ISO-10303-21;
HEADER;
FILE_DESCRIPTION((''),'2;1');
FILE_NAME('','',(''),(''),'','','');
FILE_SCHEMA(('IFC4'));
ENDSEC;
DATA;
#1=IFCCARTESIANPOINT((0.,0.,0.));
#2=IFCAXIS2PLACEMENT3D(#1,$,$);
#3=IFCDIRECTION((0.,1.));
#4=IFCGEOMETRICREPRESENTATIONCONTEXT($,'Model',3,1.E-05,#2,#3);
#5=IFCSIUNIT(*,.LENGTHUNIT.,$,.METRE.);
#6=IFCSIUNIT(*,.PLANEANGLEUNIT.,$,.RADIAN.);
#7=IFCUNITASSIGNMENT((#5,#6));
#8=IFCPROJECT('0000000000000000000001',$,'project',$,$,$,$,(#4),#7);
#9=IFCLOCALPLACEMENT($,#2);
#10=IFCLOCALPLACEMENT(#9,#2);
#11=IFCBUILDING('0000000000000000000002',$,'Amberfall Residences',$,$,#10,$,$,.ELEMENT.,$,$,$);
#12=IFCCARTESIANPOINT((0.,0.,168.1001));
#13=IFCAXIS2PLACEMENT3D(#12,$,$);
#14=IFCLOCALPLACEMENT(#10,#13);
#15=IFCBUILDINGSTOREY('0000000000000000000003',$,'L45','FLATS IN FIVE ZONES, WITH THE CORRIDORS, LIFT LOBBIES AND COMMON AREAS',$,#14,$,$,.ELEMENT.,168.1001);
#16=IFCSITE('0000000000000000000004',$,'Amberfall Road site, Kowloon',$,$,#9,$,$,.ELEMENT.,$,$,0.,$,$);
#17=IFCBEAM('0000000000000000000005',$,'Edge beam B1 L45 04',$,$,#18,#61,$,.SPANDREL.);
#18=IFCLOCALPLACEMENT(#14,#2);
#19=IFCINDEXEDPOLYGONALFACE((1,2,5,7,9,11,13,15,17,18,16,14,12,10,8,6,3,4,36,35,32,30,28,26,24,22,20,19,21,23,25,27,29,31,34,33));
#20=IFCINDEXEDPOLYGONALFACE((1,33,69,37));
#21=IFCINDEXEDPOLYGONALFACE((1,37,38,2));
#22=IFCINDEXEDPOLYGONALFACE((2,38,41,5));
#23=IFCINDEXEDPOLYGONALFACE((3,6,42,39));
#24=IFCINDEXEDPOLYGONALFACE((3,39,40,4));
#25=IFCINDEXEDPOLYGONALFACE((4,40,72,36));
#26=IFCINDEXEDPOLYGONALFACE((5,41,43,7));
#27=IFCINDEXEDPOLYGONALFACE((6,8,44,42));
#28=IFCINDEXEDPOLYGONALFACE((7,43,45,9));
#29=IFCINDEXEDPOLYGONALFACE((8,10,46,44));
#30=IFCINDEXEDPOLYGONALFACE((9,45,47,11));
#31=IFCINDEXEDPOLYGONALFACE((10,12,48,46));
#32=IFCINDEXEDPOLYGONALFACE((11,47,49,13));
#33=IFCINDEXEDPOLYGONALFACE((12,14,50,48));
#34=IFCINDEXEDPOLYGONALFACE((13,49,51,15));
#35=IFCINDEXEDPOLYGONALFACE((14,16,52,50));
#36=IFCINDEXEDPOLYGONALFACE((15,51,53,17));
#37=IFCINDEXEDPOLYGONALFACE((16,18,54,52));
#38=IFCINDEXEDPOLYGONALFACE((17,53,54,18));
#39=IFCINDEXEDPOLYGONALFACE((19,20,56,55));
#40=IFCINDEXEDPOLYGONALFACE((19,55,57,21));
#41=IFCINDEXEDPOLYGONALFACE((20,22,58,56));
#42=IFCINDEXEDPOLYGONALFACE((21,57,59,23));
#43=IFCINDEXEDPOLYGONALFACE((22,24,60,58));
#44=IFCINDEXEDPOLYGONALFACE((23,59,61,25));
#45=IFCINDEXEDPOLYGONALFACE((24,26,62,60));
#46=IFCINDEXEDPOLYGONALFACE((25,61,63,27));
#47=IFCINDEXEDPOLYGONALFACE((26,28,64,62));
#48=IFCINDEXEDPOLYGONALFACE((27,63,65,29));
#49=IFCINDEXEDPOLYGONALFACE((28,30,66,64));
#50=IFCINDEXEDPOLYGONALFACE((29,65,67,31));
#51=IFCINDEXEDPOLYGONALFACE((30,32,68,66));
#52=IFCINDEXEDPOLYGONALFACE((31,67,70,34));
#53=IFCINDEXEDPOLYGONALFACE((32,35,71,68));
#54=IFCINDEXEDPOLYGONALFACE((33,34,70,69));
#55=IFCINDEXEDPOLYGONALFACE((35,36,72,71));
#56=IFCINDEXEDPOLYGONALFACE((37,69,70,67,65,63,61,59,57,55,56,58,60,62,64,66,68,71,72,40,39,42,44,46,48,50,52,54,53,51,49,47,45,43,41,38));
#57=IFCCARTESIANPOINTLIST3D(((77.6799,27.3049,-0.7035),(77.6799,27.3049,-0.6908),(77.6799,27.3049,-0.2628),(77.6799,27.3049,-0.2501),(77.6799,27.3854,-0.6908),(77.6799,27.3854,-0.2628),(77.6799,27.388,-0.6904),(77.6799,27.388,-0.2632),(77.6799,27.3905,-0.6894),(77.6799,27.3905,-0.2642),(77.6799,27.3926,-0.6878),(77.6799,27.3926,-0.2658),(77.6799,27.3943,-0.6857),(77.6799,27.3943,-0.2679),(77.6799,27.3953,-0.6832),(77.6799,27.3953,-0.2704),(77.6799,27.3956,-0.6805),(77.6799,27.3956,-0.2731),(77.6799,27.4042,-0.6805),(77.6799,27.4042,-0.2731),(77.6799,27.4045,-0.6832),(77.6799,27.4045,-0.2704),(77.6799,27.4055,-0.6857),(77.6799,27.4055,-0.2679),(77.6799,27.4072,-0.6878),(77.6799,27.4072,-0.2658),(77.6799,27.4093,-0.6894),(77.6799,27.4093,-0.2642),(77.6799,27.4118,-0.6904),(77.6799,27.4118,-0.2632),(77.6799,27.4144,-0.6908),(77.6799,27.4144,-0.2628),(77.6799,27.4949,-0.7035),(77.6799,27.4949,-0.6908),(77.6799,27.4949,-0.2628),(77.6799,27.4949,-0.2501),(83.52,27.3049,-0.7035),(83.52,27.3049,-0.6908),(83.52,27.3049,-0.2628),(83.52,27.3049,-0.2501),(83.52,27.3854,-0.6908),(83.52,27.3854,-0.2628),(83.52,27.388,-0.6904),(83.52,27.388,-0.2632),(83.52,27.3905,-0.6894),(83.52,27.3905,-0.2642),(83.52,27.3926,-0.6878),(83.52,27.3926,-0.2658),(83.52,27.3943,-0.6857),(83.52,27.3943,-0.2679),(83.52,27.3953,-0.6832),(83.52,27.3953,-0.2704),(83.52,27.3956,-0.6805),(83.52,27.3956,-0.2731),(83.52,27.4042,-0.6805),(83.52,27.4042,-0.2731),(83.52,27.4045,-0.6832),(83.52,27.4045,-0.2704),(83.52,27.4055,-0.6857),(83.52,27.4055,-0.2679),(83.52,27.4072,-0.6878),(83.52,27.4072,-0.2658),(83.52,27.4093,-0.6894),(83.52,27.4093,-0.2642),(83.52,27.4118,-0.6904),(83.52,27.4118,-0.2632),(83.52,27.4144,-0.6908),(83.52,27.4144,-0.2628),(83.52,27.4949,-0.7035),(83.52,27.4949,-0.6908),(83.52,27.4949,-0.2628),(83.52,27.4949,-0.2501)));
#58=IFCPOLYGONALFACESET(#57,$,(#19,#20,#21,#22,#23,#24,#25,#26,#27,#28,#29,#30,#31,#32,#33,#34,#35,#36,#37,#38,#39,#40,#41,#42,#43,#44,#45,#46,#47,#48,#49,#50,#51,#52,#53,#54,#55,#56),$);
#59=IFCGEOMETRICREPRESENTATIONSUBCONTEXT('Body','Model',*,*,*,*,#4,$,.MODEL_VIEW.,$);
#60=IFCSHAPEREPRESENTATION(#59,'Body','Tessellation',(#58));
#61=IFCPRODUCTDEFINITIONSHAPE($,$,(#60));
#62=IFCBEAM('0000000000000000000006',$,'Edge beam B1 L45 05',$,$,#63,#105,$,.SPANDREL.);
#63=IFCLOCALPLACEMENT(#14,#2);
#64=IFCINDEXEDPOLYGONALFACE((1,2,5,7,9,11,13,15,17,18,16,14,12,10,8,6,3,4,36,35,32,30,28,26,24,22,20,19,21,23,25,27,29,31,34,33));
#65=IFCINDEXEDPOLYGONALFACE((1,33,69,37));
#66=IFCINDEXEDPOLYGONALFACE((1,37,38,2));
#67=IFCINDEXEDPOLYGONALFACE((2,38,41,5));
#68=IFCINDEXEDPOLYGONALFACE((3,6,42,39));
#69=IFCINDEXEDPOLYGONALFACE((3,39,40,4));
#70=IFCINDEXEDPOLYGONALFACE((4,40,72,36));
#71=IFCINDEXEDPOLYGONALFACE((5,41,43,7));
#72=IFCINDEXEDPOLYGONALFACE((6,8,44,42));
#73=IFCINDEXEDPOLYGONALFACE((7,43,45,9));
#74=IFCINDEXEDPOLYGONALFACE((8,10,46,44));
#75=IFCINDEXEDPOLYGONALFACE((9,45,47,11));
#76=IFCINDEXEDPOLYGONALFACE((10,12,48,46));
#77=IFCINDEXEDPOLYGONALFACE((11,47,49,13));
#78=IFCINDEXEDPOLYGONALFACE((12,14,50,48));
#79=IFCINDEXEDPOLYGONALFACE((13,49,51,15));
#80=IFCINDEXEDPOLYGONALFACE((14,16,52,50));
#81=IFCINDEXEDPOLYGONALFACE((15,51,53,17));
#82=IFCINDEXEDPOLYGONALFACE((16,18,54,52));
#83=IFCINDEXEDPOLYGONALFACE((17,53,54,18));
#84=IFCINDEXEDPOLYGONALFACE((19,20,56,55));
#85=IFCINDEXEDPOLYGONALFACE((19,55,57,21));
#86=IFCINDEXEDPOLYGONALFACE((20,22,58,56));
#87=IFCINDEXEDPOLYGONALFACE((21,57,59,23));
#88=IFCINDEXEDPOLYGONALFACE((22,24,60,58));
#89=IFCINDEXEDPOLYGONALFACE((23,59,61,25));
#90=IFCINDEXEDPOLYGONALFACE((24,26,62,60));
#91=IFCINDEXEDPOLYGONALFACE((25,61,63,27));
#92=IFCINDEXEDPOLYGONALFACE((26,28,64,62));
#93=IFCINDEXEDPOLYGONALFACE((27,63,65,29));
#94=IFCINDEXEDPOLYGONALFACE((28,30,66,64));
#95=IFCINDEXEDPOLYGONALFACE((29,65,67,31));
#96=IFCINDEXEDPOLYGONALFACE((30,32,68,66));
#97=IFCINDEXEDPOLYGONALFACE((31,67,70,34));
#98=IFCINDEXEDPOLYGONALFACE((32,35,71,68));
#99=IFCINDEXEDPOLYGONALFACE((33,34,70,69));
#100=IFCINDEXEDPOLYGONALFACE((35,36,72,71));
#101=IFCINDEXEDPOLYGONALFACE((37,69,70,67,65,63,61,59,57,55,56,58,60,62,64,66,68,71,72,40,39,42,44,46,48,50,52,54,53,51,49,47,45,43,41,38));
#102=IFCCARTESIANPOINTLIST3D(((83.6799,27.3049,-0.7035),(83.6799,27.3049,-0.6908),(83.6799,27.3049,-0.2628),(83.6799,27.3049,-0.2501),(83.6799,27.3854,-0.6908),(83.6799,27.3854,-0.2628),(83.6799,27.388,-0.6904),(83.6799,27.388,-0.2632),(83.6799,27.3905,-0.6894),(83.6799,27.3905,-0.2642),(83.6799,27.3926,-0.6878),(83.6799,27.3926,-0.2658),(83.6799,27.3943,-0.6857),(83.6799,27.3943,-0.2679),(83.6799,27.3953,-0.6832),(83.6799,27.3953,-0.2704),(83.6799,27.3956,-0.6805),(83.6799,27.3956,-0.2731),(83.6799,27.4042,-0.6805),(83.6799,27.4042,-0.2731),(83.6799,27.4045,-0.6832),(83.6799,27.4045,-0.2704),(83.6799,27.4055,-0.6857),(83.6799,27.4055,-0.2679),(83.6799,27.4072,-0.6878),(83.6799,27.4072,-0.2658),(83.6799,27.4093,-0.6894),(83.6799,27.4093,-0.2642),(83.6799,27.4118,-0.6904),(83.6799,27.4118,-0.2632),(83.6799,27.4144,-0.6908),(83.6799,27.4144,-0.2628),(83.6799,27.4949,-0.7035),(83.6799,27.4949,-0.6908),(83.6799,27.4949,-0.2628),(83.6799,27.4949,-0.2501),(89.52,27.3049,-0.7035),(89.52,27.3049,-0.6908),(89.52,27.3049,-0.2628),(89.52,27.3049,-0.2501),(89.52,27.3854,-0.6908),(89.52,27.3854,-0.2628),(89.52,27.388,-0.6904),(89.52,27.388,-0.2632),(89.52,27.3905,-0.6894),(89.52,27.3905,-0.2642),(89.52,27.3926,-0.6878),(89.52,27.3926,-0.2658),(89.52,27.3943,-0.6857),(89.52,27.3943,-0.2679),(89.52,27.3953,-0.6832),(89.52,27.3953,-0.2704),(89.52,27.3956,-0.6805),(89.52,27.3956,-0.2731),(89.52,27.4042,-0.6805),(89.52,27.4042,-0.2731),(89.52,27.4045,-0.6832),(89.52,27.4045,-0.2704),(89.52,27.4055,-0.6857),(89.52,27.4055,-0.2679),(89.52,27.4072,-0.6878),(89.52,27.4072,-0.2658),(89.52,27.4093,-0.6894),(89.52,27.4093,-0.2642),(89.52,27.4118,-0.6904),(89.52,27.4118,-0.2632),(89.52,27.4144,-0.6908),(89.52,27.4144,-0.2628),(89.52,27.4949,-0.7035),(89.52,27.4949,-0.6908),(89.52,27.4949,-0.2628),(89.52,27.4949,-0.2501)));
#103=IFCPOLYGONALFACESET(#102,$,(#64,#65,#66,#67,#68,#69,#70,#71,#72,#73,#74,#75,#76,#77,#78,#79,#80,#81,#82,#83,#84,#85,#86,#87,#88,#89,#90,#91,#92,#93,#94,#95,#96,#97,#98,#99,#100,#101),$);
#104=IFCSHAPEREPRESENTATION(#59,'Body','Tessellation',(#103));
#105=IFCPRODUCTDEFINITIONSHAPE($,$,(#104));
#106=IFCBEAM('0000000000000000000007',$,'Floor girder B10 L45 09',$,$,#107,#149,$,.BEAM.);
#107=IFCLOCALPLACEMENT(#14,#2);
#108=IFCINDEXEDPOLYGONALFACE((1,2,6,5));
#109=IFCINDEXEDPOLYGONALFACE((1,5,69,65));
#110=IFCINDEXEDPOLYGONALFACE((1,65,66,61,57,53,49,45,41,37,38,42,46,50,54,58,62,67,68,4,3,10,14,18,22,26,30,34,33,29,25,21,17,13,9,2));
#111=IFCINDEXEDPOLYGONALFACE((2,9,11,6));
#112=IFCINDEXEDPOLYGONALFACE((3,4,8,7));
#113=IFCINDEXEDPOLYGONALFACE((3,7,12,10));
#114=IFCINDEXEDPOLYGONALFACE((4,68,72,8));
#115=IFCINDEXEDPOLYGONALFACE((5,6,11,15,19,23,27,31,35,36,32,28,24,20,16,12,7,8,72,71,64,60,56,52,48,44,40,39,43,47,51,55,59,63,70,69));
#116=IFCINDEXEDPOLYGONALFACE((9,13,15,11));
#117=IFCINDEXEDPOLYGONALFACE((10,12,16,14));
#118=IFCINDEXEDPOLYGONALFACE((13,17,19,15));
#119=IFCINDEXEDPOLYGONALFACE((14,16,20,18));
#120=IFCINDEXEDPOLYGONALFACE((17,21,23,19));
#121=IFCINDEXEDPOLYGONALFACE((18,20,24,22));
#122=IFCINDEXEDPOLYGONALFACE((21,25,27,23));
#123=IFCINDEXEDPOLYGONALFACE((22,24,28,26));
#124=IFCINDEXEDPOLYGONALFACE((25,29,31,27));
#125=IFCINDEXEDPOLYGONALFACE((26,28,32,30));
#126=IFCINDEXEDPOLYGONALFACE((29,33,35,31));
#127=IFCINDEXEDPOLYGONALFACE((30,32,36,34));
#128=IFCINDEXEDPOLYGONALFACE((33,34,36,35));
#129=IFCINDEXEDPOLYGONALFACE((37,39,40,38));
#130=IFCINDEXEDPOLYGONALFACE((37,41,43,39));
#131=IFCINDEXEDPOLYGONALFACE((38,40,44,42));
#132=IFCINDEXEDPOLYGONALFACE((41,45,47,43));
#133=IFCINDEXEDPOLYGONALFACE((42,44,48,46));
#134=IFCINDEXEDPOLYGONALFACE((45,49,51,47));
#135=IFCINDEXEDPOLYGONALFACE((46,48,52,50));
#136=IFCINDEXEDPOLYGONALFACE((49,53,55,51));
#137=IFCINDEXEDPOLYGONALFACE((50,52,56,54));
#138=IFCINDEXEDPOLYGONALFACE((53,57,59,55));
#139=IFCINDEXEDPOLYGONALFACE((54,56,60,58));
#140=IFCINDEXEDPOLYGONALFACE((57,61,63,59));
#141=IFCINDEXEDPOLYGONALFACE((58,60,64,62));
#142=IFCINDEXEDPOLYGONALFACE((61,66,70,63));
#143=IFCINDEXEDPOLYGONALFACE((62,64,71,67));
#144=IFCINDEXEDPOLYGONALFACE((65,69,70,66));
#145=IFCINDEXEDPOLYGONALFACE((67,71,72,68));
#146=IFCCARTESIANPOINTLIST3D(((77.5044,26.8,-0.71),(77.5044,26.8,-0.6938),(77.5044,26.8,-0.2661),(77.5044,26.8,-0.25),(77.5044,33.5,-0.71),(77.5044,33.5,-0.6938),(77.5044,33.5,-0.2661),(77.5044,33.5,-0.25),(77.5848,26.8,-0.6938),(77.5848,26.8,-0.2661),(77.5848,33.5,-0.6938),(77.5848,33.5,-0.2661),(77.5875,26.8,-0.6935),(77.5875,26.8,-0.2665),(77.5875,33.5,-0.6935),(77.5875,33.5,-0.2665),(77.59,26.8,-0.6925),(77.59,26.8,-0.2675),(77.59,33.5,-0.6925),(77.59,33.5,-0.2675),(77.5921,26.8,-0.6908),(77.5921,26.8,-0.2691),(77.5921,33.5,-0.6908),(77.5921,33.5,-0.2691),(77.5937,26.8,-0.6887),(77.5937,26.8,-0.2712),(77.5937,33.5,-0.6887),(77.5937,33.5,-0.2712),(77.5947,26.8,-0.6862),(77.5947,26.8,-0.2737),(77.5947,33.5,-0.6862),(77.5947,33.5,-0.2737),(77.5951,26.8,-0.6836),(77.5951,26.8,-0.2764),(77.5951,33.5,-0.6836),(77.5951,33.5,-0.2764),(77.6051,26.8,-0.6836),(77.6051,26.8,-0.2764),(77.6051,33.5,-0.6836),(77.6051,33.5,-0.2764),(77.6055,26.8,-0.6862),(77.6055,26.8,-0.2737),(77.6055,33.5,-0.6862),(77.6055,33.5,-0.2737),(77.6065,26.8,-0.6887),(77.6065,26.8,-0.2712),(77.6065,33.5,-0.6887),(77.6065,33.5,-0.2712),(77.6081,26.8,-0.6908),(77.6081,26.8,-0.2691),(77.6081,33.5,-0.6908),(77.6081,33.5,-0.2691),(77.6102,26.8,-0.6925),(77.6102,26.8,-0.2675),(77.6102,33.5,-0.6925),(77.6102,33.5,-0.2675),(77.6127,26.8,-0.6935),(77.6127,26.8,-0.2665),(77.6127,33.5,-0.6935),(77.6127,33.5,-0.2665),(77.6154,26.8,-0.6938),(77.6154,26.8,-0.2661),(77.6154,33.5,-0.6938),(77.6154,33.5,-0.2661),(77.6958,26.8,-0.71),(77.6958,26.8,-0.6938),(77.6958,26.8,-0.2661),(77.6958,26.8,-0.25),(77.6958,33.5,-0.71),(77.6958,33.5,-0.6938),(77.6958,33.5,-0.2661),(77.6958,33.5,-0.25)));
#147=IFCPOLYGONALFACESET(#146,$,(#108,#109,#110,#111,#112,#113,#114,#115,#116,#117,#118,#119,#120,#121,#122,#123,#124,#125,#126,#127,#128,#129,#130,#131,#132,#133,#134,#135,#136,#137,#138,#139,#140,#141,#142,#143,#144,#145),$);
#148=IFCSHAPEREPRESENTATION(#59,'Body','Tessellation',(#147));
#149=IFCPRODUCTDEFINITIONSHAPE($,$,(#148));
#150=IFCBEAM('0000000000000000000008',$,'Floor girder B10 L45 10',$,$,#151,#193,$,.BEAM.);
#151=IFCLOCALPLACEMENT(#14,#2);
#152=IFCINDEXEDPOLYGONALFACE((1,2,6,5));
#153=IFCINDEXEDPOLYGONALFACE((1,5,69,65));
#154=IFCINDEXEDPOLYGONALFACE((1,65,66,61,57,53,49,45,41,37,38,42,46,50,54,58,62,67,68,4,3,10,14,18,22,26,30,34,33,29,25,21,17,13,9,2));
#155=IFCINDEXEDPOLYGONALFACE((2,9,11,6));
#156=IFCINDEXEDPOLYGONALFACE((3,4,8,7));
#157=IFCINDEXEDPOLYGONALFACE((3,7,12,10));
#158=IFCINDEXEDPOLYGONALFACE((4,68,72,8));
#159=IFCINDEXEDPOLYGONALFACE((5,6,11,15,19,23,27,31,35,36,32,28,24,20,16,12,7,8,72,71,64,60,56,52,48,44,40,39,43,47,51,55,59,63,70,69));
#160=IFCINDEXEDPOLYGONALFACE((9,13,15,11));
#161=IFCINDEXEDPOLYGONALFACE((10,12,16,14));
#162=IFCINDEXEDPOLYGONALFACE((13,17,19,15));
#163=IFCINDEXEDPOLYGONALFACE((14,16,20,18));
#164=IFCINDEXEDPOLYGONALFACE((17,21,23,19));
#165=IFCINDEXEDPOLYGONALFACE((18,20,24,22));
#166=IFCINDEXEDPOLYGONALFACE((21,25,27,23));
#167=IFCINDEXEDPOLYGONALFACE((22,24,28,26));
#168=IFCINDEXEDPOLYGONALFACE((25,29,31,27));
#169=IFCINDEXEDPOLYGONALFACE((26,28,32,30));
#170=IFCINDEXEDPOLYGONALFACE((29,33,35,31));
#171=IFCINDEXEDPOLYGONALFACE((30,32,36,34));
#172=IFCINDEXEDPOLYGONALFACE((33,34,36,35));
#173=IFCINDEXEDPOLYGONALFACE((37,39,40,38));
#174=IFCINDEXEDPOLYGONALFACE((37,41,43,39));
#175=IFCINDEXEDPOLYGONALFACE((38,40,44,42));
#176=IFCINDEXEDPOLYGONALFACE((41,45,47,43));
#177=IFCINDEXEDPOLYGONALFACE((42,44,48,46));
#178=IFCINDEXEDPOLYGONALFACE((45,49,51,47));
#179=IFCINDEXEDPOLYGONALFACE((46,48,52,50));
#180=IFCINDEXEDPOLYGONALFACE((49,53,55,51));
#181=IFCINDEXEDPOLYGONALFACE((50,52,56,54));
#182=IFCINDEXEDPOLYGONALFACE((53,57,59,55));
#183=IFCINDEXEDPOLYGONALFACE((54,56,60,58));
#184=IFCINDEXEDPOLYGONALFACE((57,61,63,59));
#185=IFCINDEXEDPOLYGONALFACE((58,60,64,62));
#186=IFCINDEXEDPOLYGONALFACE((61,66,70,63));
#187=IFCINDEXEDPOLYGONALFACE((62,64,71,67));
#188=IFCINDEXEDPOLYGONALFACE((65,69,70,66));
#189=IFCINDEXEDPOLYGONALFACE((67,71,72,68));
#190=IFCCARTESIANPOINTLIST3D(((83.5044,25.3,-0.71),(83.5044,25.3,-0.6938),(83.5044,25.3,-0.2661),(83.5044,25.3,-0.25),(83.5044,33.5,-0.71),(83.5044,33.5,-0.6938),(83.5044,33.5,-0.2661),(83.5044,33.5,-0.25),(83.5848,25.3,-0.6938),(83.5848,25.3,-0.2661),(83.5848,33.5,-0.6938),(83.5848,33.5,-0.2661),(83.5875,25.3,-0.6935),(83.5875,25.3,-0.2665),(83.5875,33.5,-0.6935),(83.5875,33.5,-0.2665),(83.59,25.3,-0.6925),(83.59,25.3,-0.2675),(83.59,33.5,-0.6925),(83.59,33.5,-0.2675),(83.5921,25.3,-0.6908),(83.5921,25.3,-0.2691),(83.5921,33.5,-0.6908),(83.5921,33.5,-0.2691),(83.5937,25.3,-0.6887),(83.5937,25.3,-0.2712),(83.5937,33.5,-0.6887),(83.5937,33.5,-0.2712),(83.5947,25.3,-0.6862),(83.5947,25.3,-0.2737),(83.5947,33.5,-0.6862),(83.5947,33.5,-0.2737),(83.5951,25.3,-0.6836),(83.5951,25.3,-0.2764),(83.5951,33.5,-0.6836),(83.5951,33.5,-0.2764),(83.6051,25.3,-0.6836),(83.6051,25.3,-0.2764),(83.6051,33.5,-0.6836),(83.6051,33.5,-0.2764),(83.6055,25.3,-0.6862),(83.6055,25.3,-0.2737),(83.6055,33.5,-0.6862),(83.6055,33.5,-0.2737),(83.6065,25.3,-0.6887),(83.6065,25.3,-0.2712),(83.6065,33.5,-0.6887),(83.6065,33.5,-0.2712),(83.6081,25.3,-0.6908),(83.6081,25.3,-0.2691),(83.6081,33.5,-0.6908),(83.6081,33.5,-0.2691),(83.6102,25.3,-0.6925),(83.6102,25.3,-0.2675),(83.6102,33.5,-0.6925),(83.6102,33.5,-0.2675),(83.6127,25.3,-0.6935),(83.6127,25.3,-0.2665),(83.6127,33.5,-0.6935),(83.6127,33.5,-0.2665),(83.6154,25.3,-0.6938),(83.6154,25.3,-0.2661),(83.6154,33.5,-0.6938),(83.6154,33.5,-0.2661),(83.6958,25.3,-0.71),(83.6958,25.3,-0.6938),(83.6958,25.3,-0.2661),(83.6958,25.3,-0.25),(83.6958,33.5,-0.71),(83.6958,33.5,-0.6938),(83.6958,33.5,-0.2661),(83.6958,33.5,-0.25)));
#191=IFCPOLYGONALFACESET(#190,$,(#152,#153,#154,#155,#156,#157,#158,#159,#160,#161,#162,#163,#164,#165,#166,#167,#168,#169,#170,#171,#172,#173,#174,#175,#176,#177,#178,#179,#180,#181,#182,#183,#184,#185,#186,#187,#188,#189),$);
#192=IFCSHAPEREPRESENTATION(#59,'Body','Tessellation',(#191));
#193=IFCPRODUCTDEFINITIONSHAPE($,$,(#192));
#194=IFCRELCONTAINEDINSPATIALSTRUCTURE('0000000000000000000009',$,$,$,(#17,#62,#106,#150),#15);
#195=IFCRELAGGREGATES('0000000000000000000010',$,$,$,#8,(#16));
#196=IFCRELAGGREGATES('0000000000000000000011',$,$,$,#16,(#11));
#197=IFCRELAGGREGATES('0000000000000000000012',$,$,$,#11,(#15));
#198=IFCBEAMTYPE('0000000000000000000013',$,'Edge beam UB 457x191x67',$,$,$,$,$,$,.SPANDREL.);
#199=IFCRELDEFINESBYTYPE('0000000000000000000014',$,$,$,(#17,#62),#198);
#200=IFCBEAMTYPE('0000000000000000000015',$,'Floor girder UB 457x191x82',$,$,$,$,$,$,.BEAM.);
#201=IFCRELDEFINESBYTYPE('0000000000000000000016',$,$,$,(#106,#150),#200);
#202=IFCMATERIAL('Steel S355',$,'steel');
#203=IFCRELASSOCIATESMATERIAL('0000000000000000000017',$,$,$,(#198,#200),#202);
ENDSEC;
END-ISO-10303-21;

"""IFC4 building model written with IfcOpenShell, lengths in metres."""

from ifc_helpers import new_model, si_unit, direction, frame, origin, origin_2d, place, context, subcontext, project, spatial, i_section, extrude, material, material_profile, profile_set, type_object, element, save


model = new_model("IFC4")

# Units and contexts
model_context = context("Model", 3, precision=1e-05, world=origin(), true_north=direction((0.0, 1.0)))
body_context = subcontext(model_context, "Body", "Model", "MODEL_VIEW")
ifc_project = project(units=[si_unit("LENGTHUNIT", "METRE"), si_unit("PLANEANGLEUNIT", "RADIAN")], contexts=[model_context])

# Site, building, storey
site_placement = place(None, origin())
site = spatial("IfcSite", under=ifc_project, at=site_placement, Name="Amberfall Road site, Kowloon", CompositionType="ELEMENT", RefElevation=0.0)
building_placement = place(site_placement, origin())
building = spatial("IfcBuilding", under=site, at=building_placement, Name="Amberfall Residences", CompositionType="ELEMENT")
storey_placement = place(building_placement, frame((0.0, 0.0, 168.1001)))
storey = spatial("IfcBuildingStorey", under=building, at=storey_placement, Name="L45", Description="FLATS IN FIVE ZONES, WITH THE CORRIDORS, LIFT LOBBIES AND COMMON AREAS", CompositionType="ELEMENT", Elevation=168.1001)

# Beams
ifc_material_1 = material(Name="Steel S355", Category="steel")
ifc_material_profile_1 = material_profile(ifc_material_1, i_section(OverallWidth=0.1899, OverallDepth=0.4534, WebThickness=0.0085, FlangeThickness=0.0127, FilletRadius=0.0103, at=origin_2d()), Name="UB 457x191x67")
ifc_profile_set_1 = profile_set([ifc_material_profile_1], Name="Steel S355")
beam_type_1 = type_object("IfcBeamType", Name="Edge beam UB 457x191x67", PredefinedType="SPANDREL", material=ifc_profile_set_1)
for number, where, z_axis, x_axis, name in (
    (1, (77.6799, 27.3999, -0.4768), (1.0, 0.0, 0.0), (0.0, 1.0, 0.0), "Edge beam B1 L45 04"),
    (2, (83.6799, 27.3999, -0.4768), (1.0, 0.0, 0.0), (0.0, 1.0, 0.0), "Edge beam B1 L45 05"),
):
    element("IfcBeam", number, at=place(storey_placement, frame(where, z_axis=z_axis, x_axis=x_axis)), inside=storey, type_object=beam_type_1, Name=name, PredefinedType="SPANDREL", context=body_context, shape_type="SweptSolid", body=[
        extrude(i_section(OverallWidth=0.1899, OverallDepth=0.4534, WebThickness=0.0085, FlangeThickness=0.0127, FilletRadius=0.0103, at=origin_2d()), origin(), (0.0, 0.0, 1.0), 5.8401),
    ])
ifc_material_profile_2 = material_profile(ifc_material_1, i_section(OverallWidth=0.1914, OverallDepth=0.46, WebThickness=0.01, FlangeThickness=0.0161, FilletRadius=0.0103, at=origin_2d()), Name="UB 457x191x82")
ifc_profile_set_2 = profile_set([ifc_material_profile_2], Name="Steel S355")
beam_type_2 = type_object("IfcBeamType", Name="Floor girder UB 457x191x82", PredefinedType="BEAM", material=ifc_profile_set_2)
beam_1_placement = place(storey_placement, frame((77.6001, 26.8, -0.48), z_axis=(0.0, 1.0, 0.0), x_axis=(-1.0, 0.0, 0.0)))
element("IfcBeam", 3, at=beam_1_placement, inside=storey, type_object=beam_type_2, Name="Floor girder B10 L45 09", PredefinedType="BEAM", context=body_context, shape_type="SweptSolid", body=[
    extrude(i_section(OverallWidth=0.1914, OverallDepth=0.46, WebThickness=0.01, FlangeThickness=0.0161, FilletRadius=0.0103, at=origin_2d()), origin(), (0.0, 0.0, 1.0), 6.7),
])
beam_2_placement = place(storey_placement, frame((83.6001, 25.3, -0.48), z_axis=(0.0, 1.0, 0.0), x_axis=(-1.0, 0.0, 0.0)))
element("IfcBeam", 4, at=beam_2_placement, inside=storey, type_object=beam_type_2, Name="Floor girder B10 L45 10", PredefinedType="BEAM", context=body_context, shape_type="SweptSolid", body=[
    extrude(i_section(OverallWidth=0.1914, OverallDepth=0.46, WebThickness=0.01, FlangeThickness=0.0161, FilletRadius=0.0103, at=origin_2d()), origin(), (0.0, 0.0, 1.0), 8.2),
])

save(model, "model.ifc")
